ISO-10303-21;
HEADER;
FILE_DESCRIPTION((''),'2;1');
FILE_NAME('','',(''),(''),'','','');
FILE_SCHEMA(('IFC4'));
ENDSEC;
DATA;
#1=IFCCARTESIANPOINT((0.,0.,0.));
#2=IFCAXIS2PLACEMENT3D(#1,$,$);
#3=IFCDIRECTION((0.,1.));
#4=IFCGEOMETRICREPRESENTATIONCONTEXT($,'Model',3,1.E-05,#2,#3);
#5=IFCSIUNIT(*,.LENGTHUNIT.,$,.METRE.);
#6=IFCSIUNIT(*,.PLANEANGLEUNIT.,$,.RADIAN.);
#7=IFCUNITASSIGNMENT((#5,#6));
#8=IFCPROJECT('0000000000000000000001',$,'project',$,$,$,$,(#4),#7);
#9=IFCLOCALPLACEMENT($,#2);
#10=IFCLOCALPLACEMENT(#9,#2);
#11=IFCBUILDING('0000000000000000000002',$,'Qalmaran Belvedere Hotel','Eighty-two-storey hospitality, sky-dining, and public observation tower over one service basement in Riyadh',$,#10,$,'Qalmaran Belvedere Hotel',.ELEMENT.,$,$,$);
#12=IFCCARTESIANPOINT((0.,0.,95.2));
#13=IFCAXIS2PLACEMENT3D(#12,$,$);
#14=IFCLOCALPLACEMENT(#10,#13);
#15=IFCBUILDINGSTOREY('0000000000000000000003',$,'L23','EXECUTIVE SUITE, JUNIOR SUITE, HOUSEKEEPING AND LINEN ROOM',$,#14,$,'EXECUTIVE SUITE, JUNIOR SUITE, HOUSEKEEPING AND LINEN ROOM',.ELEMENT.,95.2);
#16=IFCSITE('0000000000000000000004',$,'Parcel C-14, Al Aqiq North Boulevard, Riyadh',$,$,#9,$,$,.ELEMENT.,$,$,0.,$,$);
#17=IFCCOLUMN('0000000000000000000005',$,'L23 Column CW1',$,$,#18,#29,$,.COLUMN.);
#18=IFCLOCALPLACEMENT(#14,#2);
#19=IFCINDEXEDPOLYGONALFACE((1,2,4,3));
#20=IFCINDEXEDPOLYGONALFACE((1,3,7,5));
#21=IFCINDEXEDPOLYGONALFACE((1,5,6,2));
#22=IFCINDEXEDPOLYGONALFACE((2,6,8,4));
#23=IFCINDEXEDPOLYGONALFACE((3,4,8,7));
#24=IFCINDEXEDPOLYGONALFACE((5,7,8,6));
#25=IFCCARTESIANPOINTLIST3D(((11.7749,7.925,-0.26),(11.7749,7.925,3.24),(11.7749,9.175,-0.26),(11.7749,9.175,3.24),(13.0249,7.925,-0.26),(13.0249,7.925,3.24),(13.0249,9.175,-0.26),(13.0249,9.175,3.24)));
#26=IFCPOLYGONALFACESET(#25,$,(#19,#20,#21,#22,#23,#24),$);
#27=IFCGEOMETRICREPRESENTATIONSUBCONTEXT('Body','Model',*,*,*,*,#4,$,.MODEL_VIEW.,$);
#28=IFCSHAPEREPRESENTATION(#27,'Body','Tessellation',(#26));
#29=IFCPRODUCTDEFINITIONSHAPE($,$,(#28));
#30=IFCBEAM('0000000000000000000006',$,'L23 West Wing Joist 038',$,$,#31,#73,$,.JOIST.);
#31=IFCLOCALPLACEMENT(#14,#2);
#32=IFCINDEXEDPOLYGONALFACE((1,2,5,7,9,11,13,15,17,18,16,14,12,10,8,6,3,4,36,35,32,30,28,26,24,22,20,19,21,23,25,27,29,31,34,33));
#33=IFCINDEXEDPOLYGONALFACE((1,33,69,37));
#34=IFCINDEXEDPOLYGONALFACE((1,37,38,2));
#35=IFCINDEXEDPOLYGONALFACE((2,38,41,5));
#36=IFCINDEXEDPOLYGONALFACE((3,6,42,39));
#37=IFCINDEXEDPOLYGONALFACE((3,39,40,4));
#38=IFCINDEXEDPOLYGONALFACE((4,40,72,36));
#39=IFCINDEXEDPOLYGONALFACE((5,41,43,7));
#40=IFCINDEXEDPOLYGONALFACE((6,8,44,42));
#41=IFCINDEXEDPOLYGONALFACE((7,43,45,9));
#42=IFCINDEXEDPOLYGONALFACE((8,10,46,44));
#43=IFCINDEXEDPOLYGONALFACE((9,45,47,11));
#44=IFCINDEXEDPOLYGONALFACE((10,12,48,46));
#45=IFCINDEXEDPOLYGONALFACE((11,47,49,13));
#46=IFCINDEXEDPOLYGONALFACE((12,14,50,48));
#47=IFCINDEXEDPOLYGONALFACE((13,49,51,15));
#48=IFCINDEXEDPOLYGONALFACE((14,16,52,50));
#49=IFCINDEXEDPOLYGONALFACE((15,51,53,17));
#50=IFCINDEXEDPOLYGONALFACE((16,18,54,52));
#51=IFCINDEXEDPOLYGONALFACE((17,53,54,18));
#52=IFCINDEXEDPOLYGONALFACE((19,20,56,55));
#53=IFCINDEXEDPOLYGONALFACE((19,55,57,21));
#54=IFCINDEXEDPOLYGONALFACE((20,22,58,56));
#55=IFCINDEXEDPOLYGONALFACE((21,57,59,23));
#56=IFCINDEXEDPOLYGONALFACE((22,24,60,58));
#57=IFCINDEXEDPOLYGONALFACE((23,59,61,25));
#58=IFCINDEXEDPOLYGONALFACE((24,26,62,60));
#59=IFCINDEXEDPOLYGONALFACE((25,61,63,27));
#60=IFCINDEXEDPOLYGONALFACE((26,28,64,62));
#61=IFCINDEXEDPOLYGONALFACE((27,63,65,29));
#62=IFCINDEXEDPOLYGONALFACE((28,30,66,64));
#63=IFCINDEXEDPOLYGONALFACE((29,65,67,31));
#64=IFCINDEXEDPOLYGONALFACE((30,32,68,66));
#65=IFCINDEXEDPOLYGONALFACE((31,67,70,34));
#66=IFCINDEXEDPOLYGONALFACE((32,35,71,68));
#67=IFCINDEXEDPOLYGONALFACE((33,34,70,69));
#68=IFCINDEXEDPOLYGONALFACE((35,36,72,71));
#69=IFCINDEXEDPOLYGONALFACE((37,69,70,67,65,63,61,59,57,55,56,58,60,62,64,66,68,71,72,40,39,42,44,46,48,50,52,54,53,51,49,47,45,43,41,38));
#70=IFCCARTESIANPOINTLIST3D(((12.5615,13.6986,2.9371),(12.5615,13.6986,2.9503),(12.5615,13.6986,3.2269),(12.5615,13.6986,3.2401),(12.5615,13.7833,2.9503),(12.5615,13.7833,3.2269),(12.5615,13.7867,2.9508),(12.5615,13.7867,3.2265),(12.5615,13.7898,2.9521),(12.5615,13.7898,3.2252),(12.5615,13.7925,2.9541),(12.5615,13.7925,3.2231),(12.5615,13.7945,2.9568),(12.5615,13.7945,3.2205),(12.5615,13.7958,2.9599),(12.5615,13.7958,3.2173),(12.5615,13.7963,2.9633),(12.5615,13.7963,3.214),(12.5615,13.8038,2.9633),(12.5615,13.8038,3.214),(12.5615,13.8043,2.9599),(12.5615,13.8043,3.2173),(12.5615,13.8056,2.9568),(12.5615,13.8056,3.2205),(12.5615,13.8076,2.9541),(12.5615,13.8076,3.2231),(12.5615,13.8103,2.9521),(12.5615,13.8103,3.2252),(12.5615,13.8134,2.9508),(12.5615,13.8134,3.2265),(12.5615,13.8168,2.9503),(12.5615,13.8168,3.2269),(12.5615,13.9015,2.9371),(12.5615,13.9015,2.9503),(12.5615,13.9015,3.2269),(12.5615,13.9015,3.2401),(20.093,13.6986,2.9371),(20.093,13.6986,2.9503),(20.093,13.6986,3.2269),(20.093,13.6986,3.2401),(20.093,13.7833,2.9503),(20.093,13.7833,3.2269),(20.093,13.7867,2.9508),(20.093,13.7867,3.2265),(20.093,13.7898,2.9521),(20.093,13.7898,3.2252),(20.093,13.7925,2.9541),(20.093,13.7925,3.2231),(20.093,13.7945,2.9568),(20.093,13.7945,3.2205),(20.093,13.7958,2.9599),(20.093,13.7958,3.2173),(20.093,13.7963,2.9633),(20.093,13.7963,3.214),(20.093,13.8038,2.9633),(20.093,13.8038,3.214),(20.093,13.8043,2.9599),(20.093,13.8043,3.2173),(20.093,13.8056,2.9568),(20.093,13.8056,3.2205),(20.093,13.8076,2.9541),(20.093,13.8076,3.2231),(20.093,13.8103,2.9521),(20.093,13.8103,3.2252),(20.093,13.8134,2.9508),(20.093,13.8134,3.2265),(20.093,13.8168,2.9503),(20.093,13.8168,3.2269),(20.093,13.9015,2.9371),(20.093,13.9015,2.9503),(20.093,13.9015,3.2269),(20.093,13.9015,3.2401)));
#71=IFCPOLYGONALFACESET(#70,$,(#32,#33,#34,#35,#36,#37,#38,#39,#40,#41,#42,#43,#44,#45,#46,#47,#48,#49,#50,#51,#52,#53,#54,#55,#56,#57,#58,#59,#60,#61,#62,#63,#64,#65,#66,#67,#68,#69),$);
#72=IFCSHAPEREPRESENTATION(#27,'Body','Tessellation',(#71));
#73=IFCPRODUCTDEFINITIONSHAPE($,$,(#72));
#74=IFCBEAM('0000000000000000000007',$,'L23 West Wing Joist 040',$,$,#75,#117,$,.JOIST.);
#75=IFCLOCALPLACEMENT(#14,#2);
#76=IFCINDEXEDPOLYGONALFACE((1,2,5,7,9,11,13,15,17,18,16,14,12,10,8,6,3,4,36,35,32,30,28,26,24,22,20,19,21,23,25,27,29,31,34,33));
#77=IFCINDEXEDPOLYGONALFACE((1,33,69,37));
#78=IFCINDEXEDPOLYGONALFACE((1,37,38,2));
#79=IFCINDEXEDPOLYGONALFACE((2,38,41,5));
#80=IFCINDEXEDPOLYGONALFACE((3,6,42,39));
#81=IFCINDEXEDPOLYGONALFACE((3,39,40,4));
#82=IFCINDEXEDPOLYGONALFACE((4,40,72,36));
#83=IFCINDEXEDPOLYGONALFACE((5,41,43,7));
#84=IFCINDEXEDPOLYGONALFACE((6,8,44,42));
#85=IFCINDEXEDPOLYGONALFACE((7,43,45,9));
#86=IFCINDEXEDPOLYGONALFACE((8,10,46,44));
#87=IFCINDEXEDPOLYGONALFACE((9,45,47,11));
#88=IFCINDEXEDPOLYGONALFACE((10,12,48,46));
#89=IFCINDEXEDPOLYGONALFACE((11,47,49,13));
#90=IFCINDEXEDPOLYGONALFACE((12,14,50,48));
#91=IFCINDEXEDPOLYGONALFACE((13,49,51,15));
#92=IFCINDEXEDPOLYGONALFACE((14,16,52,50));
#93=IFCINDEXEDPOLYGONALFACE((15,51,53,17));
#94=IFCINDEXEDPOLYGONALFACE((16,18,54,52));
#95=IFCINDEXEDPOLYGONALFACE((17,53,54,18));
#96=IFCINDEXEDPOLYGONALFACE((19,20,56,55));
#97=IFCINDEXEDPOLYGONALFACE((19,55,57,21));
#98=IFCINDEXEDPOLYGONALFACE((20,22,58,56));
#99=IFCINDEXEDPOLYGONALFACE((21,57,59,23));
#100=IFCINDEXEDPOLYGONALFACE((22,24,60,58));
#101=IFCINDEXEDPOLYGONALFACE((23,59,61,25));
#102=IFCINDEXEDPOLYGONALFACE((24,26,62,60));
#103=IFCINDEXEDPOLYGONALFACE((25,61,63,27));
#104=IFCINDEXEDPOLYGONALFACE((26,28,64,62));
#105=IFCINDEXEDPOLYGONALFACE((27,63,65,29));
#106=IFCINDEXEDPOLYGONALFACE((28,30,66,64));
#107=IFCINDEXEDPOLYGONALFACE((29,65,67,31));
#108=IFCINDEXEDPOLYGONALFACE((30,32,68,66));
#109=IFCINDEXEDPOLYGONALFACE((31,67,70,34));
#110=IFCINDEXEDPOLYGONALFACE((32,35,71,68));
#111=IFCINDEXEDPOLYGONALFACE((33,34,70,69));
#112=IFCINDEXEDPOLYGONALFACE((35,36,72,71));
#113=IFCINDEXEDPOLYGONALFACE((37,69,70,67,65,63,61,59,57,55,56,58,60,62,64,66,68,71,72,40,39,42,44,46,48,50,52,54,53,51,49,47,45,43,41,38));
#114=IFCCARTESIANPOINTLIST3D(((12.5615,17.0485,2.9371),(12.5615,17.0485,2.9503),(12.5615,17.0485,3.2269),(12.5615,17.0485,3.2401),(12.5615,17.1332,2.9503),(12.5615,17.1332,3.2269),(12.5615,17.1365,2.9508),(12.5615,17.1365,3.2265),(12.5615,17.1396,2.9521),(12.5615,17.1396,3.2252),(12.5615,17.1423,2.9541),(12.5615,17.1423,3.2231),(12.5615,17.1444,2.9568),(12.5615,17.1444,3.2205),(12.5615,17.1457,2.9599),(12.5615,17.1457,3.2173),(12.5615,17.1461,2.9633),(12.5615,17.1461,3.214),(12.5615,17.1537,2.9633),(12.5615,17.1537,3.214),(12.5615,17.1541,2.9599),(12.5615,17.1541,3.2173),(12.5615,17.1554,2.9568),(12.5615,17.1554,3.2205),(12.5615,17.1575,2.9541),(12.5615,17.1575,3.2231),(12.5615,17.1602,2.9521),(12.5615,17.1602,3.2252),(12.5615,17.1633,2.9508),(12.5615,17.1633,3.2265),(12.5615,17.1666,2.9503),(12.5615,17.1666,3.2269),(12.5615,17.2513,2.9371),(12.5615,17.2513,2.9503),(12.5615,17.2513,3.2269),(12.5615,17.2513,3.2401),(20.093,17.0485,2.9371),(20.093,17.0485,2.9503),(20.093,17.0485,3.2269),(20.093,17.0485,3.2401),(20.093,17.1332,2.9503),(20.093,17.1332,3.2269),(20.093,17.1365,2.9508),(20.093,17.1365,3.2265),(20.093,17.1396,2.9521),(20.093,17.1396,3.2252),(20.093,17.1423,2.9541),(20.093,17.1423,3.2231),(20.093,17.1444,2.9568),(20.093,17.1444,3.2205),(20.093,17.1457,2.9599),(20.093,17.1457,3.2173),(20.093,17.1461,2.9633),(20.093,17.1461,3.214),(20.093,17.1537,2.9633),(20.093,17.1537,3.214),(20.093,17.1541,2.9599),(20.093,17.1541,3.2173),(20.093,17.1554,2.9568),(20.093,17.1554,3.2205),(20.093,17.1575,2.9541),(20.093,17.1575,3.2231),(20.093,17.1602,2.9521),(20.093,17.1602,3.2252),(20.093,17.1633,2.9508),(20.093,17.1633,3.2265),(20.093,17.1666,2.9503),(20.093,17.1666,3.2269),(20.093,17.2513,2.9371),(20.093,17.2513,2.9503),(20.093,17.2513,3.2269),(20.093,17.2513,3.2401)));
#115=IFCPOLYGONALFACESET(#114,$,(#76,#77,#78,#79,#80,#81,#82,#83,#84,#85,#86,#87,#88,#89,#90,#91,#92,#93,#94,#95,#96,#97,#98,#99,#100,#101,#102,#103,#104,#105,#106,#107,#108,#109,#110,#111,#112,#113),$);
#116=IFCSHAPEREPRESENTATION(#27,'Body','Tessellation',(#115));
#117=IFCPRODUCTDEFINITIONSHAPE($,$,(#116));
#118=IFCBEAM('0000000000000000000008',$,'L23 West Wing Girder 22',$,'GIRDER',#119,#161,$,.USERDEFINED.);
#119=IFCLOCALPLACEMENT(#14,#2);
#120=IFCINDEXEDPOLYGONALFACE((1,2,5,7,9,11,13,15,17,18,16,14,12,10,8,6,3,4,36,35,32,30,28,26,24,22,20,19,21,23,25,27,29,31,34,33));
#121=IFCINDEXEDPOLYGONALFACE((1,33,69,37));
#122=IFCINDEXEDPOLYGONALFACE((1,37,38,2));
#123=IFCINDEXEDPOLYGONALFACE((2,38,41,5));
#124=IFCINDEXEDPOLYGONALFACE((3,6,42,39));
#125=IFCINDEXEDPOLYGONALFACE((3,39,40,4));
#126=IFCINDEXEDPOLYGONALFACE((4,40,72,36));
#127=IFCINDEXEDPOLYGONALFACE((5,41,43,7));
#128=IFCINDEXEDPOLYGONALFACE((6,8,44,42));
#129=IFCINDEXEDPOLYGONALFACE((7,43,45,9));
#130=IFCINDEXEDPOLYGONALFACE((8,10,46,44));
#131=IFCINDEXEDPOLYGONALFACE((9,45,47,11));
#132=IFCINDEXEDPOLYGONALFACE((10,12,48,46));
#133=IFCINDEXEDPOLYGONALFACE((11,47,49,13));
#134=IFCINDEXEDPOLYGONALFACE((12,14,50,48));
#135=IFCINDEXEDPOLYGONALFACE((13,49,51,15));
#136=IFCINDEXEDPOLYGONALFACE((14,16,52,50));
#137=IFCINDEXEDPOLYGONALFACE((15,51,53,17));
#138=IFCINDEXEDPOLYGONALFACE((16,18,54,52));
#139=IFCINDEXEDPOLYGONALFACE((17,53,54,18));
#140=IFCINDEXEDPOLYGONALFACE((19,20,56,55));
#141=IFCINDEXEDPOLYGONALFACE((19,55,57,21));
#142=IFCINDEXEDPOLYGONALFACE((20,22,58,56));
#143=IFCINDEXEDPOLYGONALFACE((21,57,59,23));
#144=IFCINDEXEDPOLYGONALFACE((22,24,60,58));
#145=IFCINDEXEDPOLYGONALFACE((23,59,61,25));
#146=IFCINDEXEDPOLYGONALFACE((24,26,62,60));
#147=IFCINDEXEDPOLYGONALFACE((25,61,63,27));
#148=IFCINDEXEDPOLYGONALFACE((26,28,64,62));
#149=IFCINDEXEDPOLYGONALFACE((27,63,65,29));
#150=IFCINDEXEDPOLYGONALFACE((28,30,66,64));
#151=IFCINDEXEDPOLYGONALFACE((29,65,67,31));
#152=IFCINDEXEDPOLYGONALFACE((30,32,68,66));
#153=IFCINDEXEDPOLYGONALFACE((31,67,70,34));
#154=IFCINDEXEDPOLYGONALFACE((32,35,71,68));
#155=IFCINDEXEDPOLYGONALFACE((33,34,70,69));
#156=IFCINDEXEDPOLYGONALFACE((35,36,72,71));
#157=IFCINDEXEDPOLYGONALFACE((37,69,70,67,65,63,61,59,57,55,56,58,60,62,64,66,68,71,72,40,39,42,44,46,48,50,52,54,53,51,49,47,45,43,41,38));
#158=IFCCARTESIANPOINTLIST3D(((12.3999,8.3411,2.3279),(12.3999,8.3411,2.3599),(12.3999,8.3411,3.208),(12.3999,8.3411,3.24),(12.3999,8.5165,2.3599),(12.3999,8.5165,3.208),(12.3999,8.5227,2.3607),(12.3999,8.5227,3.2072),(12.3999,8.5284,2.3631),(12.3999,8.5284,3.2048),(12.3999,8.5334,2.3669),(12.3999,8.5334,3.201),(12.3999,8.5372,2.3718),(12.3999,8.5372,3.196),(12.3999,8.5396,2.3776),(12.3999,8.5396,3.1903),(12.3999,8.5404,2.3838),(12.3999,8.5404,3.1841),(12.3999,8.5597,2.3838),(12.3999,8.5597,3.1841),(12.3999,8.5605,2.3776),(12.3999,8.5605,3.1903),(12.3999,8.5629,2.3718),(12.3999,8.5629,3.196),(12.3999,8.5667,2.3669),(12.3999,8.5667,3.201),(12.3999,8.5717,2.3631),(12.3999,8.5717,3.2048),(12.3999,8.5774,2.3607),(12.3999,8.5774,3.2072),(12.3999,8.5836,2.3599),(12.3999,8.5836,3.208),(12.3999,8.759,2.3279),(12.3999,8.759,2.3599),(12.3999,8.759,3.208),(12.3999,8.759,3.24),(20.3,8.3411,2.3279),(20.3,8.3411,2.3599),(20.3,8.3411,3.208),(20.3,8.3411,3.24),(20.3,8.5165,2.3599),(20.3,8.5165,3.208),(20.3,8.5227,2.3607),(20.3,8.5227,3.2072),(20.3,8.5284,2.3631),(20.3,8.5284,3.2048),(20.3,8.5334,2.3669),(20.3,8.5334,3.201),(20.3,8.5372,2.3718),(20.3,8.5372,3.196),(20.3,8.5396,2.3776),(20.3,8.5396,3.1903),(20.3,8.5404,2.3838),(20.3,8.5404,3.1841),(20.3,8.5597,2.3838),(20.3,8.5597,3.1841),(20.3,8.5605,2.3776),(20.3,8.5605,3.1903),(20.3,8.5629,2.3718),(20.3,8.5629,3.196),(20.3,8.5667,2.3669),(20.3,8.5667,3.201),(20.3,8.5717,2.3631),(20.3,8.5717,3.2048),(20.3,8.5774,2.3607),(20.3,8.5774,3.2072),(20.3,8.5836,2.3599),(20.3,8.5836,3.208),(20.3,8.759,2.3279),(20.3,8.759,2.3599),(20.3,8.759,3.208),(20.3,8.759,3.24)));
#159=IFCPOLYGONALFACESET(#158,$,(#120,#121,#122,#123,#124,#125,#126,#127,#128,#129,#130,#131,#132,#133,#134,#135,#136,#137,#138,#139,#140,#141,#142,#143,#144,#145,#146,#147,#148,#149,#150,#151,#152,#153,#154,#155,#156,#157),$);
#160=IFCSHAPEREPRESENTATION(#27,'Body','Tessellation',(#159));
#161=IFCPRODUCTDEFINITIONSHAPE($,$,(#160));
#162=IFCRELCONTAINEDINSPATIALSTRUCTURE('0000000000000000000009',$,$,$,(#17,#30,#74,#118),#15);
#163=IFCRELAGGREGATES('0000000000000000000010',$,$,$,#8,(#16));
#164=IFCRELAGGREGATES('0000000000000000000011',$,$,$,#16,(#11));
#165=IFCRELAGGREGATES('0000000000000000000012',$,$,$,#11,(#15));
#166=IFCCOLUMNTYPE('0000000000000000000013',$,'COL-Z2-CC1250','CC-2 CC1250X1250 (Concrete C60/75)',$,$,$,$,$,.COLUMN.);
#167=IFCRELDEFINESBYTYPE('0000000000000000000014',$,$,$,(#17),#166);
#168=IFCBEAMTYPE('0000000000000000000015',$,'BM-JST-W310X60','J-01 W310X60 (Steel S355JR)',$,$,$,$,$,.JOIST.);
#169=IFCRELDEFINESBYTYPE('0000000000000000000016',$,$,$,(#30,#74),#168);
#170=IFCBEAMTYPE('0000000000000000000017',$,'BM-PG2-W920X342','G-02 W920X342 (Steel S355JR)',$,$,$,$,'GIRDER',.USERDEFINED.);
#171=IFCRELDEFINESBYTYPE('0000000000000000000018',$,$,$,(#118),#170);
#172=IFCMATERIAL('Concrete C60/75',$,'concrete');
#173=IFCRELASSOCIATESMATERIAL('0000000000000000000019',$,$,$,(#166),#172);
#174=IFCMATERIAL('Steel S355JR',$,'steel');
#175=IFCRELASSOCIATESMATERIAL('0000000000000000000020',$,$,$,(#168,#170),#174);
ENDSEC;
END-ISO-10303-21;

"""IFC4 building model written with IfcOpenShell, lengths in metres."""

from ifc_helpers import new_model, si_unit, direction, frame, origin, origin_2d, place, context, subcontext, project, spatial, rectangle, i_section, extrude, material, material_profile, profile_set, type_object, element, save


model = new_model("IFC4")

# Units and contexts
model_context = context("Model", 3, precision=1e-05, world=origin(), true_north=direction((0.0, 1.0)))
body_context = subcontext(model_context, "Body", "Model", "MODEL_VIEW")
ifc_project = project(units=[si_unit("LENGTHUNIT", "METRE"), si_unit("PLANEANGLEUNIT", "RADIAN")], contexts=[model_context])

# Site, building, storey
site_placement = place(None, origin())
site = spatial("IfcSite", under=ifc_project, at=site_placement, Name="Parcel C-14, Al Aqiq North Boulevard, Riyadh", CompositionType="ELEMENT", RefElevation=0.0)
building_placement = place(site_placement, origin())
building = spatial("IfcBuilding", under=site, at=building_placement, Name="Qalmaran Belvedere Hotel", Description="Eighty-two-storey hospitality, sky-dining, and public observation tower over one service basement in Riyadh", LongName="Qalmaran Belvedere Hotel", CompositionType="ELEMENT")
storey_placement = place(building_placement, frame((0.0, 0.0, 95.2)))
storey = spatial("IfcBuildingStorey", under=building, at=storey_placement, Name="L23", Description="EXECUTIVE SUITE, JUNIOR SUITE, HOUSEKEEPING AND LINEN ROOM", LongName="EXECUTIVE SUITE, JUNIOR SUITE, HOUSEKEEPING AND LINEN ROOM", CompositionType="ELEMENT", Elevation=95.2)

# Column
ifc_material_1 = material(Name="Concrete C60/75", Category="concrete")
ifc_material_profile_1 = material_profile(ifc_material_1, rectangle(XDim=1.25, YDim=1.25, at=origin_2d()), Name="CC1250X1250")
ifc_profile_set_1 = profile_set([ifc_material_profile_1], Name="Concrete C60/75")
column_type = type_object("IfcColumnType", Name="COL-Z2-CC1250", Description="CC-2 CC1250X1250 (Concrete C60/75)", PredefinedType="COLUMN", material=ifc_profile_set_1)
column_placement = place(storey_placement, frame((12.3999, 8.55, -0.26), z_axis=(0.0, 0.0, 1.0), x_axis=(1.0, 0.0, 0.0)))
element("IfcColumn", 1, at=column_placement, inside=storey, type_object=column_type, Name="L23 Column CW1", PredefinedType="COLUMN", context=body_context, shape_type="SweptSolid", body=[
    extrude(rectangle(XDim=1.25, YDim=1.25, at=origin_2d()), origin(), (0.0, 0.0, 1.0), 3.5),
])

# Beams
ifc_material_2 = material(Name="Steel S355JR", Category="steel")
ifc_material_profile_2 = material_profile(ifc_material_2, i_section(OverallWidth=0.2029, OverallDepth=0.303, WebThickness=0.0076, FlangeThickness=0.0132, FilletRadius=0.0129, at=origin_2d()), Name="W310X60")
ifc_profile_set_2 = profile_set([ifc_material_profile_2], Name="Steel S355JR")
beam_type_1 = type_object("IfcBeamType", Name="BM-JST-W310X60", Description="J-01 W310X60 (Steel S355JR)", PredefinedType="JOIST", material=ifc_profile_set_2)
for number, where, z_axis, x_axis, name in (
    (2, (12.5615, 13.8, 3.0886), (1.0, 0.0, 0.0), (0.0, 1.0, 0.0), "L23 West Wing Joist 038"),
    (3, (12.5615, 17.1499, 3.0886), (1.0, 0.0, 0.0), (0.0, 1.0, 0.0), "L23 West Wing Joist 040"),
):
    element("IfcBeam", number, at=place(storey_placement, frame(where, z_axis=z_axis, x_axis=x_axis)), inside=storey, type_object=beam_type_1, Name=name, PredefinedType="JOIST", context=body_context, shape_type="SweptSolid", body=[
        extrude(i_section(OverallWidth=0.2029, OverallDepth=0.303, WebThickness=0.0076, FlangeThickness=0.0132, FilletRadius=0.0129, at=origin_2d()), origin(), (0.0, 0.0, 1.0), 7.5315),
    ])
ifc_material_profile_3 = material_profile(ifc_material_2, i_section(OverallWidth=0.418, OverallDepth=0.9121, WebThickness=0.0193, FlangeThickness=0.032, FilletRadius=0.0239, at=origin_2d()), Name="W920X342")
ifc_profile_set_3 = profile_set([ifc_material_profile_3], Name="Steel S355JR")
beam_type_2 = type_object("IfcBeamType", Name="BM-PG2-W920X342", Description="G-02 W920X342 (Steel S355JR)", ElementType="GIRDER", PredefinedType="USERDEFINED", material=ifc_profile_set_3)
beam_1_placement = place(storey_placement, frame((12.3999, 8.55, 2.7839), z_axis=(1.0, 0.0, 0.0), x_axis=(0.0, 1.0, 0.0)))
element("IfcBeam", 4, at=beam_1_placement, inside=storey, type_object=beam_type_2, Name="L23 West Wing Girder 22", ObjectType="GIRDER", PredefinedType="USERDEFINED", context=body_context, shape_type="SweptSolid", body=[
    extrude(i_section(OverallWidth=0.418, OverallDepth=0.9121, WebThickness=0.0193, FlangeThickness=0.032, FilletRadius=0.0239, at=origin_2d()), origin(), (0.0, 0.0, 1.0), 7.9001),
])

save(model, "model.ifc")
